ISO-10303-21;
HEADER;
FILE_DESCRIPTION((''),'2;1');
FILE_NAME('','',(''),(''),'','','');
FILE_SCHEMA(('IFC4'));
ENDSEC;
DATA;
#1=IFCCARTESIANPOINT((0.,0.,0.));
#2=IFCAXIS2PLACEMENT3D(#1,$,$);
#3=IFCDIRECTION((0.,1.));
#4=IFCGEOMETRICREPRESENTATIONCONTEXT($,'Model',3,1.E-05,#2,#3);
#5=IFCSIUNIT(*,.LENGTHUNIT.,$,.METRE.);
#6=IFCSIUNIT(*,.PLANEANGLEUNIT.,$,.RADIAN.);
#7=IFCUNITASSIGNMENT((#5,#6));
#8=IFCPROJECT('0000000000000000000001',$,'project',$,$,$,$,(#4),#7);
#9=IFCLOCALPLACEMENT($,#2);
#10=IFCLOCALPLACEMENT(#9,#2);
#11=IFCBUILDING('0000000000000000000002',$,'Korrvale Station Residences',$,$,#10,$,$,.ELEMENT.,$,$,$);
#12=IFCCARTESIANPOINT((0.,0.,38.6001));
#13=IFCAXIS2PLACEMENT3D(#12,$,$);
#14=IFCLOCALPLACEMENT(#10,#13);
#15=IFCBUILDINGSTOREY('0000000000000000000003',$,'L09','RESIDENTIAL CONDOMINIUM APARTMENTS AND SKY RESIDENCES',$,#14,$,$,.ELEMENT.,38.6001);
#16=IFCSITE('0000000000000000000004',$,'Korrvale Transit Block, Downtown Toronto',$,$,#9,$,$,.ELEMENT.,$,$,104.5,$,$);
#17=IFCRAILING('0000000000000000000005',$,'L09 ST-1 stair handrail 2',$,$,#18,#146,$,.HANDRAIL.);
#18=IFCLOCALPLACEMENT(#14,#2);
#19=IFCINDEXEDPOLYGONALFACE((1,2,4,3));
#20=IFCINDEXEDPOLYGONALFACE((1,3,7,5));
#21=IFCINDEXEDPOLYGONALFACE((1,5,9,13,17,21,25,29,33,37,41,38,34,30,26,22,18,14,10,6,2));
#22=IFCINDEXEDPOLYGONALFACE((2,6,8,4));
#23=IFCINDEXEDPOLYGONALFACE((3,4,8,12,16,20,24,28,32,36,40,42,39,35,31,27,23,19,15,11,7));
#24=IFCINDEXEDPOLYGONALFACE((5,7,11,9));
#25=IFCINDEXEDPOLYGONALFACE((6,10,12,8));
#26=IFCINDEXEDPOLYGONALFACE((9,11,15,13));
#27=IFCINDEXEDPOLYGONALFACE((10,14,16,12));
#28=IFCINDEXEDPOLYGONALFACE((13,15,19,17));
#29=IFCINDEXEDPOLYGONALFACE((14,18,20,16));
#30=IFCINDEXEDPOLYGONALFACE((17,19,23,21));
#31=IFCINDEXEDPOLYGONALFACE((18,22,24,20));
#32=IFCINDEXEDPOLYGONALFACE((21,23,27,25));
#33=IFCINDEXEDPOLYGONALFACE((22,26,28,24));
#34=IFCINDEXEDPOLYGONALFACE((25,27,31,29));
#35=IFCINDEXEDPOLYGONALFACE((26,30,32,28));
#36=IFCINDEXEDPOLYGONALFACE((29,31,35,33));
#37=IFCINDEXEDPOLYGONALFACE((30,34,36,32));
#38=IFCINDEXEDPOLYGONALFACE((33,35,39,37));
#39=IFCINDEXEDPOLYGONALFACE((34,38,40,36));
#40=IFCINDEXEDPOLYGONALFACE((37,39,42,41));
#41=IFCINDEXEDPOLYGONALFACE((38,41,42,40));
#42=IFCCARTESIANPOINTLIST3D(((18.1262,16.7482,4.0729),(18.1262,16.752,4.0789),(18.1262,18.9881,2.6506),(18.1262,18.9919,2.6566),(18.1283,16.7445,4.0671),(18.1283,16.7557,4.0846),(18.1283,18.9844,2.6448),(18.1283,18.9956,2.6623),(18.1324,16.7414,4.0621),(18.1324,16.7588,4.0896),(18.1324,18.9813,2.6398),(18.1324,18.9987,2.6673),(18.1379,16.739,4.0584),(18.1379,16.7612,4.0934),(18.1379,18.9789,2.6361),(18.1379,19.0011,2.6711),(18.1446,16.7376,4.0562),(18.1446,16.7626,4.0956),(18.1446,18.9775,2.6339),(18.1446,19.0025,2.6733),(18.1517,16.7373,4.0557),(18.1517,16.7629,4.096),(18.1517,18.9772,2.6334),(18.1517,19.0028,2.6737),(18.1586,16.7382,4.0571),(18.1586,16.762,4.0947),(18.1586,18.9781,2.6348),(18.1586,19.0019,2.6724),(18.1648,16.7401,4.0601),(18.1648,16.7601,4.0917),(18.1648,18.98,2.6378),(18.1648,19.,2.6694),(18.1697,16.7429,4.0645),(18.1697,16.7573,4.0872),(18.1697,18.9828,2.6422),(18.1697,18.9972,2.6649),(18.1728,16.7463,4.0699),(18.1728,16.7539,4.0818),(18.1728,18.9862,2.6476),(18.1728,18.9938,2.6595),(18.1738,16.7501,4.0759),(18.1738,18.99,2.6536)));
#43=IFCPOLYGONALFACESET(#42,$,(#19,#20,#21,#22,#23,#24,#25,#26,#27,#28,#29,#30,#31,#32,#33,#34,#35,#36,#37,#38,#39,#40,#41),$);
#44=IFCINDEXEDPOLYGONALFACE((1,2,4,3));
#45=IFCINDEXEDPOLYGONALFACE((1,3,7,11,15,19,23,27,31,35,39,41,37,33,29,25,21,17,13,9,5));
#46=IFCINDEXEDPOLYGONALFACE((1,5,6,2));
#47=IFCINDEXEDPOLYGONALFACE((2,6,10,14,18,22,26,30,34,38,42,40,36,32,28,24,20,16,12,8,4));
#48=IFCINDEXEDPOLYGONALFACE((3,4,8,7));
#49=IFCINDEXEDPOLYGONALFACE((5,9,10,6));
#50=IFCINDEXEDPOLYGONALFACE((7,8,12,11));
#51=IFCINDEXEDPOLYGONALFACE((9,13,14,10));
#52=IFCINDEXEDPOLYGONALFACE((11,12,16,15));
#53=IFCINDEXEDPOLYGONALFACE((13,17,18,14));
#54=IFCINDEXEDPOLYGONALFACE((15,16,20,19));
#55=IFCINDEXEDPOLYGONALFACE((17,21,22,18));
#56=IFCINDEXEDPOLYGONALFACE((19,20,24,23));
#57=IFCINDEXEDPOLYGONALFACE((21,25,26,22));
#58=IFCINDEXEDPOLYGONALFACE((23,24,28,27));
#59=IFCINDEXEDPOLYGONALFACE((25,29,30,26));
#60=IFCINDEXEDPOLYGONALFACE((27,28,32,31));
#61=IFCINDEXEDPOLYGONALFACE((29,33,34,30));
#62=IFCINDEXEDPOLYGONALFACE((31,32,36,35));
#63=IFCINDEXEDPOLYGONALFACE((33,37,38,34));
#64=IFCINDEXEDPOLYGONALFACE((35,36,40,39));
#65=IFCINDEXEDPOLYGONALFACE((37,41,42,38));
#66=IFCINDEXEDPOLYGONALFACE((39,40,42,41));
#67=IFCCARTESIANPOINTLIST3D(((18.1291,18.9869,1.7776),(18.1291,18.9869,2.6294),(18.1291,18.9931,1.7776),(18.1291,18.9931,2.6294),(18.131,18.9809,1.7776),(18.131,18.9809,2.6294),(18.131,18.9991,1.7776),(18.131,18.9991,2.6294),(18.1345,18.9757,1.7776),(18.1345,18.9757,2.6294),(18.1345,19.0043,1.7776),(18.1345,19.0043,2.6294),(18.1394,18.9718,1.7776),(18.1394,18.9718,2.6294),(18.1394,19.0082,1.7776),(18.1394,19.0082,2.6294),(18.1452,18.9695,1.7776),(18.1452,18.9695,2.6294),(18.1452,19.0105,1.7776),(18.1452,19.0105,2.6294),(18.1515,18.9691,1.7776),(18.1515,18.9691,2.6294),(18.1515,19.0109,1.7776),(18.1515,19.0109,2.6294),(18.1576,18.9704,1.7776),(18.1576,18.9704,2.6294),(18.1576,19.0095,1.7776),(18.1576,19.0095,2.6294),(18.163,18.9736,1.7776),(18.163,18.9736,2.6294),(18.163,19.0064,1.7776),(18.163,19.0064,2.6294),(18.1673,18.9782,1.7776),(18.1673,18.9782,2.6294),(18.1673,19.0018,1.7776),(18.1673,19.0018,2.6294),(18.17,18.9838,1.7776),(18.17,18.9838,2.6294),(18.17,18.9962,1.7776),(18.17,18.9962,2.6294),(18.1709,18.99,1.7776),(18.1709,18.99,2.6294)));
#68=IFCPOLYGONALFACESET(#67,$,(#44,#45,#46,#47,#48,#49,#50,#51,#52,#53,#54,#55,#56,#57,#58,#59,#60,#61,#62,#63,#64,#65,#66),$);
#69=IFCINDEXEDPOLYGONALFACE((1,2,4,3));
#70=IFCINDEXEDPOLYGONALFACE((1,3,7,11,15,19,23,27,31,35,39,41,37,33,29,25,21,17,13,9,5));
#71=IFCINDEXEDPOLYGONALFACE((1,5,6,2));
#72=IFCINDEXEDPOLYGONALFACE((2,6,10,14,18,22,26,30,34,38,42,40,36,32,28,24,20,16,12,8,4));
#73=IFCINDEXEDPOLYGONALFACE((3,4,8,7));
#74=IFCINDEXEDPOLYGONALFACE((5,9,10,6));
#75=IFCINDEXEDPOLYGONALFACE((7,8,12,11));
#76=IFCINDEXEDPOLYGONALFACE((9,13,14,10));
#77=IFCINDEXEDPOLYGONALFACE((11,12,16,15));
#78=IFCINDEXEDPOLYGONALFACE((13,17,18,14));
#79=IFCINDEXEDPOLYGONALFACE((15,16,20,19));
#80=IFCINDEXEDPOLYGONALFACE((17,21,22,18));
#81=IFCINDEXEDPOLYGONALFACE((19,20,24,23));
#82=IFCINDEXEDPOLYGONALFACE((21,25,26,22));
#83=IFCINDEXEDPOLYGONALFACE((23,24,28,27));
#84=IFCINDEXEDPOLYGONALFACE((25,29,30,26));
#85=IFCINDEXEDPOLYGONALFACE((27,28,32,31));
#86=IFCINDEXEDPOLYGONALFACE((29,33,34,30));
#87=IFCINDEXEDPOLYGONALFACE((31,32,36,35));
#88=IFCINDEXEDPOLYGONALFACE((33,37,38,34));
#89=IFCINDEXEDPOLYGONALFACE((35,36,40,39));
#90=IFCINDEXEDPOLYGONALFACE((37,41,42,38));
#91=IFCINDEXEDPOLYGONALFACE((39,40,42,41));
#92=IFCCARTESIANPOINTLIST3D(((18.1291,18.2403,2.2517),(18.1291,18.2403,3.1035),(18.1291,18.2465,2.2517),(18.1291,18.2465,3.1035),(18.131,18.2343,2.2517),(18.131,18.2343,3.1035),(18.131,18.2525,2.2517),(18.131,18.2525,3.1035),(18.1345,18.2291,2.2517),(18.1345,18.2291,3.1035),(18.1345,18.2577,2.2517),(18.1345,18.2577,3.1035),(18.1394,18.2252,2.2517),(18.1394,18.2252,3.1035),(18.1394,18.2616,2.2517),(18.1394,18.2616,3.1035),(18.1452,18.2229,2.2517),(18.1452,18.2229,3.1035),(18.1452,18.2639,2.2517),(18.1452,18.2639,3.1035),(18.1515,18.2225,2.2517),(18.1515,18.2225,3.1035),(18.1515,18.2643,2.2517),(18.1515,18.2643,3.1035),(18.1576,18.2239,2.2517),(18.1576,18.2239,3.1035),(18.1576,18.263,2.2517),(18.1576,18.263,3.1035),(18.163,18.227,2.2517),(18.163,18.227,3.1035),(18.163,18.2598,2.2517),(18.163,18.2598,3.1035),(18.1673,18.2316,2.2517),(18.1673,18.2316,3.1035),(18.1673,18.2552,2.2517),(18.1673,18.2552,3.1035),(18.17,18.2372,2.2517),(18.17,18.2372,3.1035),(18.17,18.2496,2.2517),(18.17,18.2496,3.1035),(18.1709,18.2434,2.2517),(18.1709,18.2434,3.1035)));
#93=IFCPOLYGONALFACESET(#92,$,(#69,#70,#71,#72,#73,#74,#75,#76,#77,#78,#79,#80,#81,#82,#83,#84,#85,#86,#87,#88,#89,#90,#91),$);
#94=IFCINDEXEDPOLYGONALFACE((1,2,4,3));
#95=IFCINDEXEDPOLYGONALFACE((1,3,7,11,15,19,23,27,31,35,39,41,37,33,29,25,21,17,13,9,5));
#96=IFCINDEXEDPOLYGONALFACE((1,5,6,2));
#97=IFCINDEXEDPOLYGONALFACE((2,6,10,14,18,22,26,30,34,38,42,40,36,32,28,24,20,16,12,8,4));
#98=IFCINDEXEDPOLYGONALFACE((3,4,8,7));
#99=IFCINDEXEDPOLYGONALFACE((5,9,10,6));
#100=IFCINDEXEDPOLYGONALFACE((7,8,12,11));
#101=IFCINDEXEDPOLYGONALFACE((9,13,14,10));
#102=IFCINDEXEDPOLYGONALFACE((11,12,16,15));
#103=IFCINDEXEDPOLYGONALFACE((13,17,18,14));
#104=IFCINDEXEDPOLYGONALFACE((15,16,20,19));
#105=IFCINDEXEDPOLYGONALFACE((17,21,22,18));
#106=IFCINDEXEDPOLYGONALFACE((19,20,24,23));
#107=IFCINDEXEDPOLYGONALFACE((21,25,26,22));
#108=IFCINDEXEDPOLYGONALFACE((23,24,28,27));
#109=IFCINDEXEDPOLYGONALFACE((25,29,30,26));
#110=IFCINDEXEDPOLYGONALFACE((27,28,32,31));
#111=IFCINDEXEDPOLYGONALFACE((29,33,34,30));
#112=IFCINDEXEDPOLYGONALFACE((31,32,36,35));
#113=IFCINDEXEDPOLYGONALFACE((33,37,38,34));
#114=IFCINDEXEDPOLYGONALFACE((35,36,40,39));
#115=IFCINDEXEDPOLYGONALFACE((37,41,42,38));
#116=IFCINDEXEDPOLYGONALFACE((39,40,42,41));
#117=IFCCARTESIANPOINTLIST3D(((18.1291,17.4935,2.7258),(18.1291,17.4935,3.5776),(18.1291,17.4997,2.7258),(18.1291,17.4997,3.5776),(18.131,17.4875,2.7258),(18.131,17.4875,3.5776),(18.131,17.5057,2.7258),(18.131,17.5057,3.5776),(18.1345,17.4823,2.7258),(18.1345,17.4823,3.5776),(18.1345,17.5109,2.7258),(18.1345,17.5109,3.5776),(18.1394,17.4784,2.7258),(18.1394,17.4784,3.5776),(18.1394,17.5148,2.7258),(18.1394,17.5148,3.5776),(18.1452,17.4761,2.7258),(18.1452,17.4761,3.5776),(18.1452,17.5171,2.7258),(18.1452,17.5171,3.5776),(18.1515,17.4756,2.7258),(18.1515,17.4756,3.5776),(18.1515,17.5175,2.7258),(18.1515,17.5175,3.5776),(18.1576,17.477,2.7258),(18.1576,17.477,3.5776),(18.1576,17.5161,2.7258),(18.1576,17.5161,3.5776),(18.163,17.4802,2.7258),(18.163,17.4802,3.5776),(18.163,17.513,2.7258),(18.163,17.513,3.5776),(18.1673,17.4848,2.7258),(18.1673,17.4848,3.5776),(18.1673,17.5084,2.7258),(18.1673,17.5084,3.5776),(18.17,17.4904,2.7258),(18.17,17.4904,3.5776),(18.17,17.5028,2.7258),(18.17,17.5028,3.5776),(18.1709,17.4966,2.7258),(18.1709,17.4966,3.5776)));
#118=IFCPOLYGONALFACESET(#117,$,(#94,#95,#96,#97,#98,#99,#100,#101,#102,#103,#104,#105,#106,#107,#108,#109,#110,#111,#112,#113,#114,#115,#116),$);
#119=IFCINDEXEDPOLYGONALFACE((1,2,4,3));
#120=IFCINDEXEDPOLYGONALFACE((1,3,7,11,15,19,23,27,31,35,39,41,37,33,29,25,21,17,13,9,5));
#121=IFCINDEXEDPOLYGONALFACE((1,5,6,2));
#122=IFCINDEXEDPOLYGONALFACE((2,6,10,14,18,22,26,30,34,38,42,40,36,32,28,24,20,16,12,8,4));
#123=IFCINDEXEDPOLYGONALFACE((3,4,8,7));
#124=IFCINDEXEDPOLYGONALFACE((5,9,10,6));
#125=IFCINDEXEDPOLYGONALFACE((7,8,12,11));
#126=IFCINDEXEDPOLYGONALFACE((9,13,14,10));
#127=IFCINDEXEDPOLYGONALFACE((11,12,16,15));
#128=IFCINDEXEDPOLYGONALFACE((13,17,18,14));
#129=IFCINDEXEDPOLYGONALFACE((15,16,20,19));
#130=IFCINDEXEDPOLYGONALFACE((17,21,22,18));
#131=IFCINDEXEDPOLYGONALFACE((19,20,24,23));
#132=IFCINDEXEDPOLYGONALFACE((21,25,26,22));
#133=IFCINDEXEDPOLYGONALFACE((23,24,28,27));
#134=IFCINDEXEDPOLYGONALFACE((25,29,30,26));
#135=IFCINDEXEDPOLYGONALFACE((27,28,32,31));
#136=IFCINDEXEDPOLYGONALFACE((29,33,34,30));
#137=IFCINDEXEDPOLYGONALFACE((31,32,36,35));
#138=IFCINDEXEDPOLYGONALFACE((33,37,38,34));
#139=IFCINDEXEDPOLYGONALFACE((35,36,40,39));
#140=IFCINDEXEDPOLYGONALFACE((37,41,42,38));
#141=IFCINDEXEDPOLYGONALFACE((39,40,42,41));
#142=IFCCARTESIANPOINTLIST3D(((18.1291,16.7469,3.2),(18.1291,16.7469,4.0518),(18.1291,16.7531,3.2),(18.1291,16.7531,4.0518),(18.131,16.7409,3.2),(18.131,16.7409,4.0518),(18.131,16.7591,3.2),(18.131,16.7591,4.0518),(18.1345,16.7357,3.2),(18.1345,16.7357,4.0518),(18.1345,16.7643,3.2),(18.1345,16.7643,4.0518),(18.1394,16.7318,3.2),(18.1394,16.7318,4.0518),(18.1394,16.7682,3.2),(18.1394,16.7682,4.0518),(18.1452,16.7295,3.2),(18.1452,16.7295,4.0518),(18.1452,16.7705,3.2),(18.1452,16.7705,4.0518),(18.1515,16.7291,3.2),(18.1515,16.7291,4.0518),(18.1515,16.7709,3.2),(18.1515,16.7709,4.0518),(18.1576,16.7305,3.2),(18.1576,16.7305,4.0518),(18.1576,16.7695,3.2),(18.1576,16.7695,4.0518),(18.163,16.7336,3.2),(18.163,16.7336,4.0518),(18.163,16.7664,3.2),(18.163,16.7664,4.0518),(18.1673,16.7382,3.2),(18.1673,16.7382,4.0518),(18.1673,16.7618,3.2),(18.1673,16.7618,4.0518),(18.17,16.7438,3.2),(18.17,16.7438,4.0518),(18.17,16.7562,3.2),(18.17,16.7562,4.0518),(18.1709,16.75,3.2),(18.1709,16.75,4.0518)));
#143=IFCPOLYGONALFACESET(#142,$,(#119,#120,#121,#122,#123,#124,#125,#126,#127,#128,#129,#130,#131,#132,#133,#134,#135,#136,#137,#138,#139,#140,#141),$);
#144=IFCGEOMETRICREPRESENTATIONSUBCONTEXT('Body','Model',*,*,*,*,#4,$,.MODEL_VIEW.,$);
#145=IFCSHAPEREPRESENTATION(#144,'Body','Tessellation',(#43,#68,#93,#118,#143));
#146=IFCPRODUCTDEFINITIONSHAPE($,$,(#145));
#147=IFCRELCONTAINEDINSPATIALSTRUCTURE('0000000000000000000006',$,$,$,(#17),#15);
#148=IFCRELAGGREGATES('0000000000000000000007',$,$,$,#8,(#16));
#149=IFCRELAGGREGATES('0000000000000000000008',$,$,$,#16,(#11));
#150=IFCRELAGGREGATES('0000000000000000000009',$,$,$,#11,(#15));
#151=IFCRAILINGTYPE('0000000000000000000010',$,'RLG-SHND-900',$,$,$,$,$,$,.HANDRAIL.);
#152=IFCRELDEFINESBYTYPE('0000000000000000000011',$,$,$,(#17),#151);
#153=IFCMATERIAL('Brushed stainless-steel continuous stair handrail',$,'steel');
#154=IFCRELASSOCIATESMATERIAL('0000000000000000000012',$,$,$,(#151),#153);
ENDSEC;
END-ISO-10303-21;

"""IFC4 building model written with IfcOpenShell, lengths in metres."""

from ifc_helpers import new_model, si_unit, direction, frame, origin, origin_2d, place, context, subcontext, project, spatial, circle, extrude, material, type_object, element, save


model = new_model("IFC4")

# Units and contexts
model_context = context("Model", 3, precision=1e-05, world=origin(), true_north=direction((0.0, 1.0)))
body_context = subcontext(model_context, "Body", "Model", "MODEL_VIEW")
ifc_project = project(units=[si_unit("LENGTHUNIT", "METRE"), si_unit("PLANEANGLEUNIT", "RADIAN")], contexts=[model_context])

# Site, building, storey
site_placement = place(None, origin())
site = spatial("IfcSite", under=ifc_project, at=site_placement, Name="Korrvale Transit Block, Downtown Toronto", CompositionType="ELEMENT", RefElevation=104.5)
building_placement = place(site_placement, origin())
building = spatial("IfcBuilding", under=site, at=building_placement, Name="Korrvale Station Residences", CompositionType="ELEMENT")
storey_placement = place(building_placement, frame((0.0, 0.0, 38.6001)))
storey = spatial("IfcBuildingStorey", under=building, at=storey_placement, Name="L09", Description="RESIDENTIAL CONDOMINIUM APARTMENTS AND SKY RESIDENCES", CompositionType="ELEMENT", Elevation=38.6001)

# Railing
ifc_material_1 = material(Name="Brushed stainless-steel continuous stair handrail", Category="steel")
railing_type_1 = type_object("IfcRailingType", Name="RLG-SHND-900", PredefinedType="HANDRAIL", material=ifc_material_1)
railing_1_placement = place(storey_placement, frame((18.1499, 18.99, 1.7776)))
element("IfcRailing", 1, at=railing_1_placement, inside=storey, type_object=railing_type_1, Name="L09 ST-1 stair handrail 2", PredefinedType="HANDRAIL", context=body_context, shape_type="SweptSolid", body=[
    extrude(circle(Radius=0.0239, at=origin_2d()), frame((0.0, 0.0, 0.876), z_axis=(0.0, -0.844188, 0.536048), x_axis=(1.0, 0.0, 0.0)), (0.0, 0.0, 1.0), 2.6533),
    extrude(circle(Radius=0.021, at=origin_2d()), origin(), (0.0, 0.0, 1.0), 0.8518),
    extrude(circle(Radius=0.021, at=origin_2d()), frame((0.0, -0.7466, 0.4741)), (0.0, 0.0, 1.0), 0.8518),
    extrude(circle(Radius=0.021, at=origin_2d()), frame((0.0, -1.4934, 0.9482)), (0.0, 0.0, 1.0), 0.8518),
    extrude(circle(Radius=0.021, at=origin_2d()), frame((0.0, -2.24, 1.4224)), (0.0, 0.0, 1.0), 0.8518),
])

save(model, "model.ifc")
